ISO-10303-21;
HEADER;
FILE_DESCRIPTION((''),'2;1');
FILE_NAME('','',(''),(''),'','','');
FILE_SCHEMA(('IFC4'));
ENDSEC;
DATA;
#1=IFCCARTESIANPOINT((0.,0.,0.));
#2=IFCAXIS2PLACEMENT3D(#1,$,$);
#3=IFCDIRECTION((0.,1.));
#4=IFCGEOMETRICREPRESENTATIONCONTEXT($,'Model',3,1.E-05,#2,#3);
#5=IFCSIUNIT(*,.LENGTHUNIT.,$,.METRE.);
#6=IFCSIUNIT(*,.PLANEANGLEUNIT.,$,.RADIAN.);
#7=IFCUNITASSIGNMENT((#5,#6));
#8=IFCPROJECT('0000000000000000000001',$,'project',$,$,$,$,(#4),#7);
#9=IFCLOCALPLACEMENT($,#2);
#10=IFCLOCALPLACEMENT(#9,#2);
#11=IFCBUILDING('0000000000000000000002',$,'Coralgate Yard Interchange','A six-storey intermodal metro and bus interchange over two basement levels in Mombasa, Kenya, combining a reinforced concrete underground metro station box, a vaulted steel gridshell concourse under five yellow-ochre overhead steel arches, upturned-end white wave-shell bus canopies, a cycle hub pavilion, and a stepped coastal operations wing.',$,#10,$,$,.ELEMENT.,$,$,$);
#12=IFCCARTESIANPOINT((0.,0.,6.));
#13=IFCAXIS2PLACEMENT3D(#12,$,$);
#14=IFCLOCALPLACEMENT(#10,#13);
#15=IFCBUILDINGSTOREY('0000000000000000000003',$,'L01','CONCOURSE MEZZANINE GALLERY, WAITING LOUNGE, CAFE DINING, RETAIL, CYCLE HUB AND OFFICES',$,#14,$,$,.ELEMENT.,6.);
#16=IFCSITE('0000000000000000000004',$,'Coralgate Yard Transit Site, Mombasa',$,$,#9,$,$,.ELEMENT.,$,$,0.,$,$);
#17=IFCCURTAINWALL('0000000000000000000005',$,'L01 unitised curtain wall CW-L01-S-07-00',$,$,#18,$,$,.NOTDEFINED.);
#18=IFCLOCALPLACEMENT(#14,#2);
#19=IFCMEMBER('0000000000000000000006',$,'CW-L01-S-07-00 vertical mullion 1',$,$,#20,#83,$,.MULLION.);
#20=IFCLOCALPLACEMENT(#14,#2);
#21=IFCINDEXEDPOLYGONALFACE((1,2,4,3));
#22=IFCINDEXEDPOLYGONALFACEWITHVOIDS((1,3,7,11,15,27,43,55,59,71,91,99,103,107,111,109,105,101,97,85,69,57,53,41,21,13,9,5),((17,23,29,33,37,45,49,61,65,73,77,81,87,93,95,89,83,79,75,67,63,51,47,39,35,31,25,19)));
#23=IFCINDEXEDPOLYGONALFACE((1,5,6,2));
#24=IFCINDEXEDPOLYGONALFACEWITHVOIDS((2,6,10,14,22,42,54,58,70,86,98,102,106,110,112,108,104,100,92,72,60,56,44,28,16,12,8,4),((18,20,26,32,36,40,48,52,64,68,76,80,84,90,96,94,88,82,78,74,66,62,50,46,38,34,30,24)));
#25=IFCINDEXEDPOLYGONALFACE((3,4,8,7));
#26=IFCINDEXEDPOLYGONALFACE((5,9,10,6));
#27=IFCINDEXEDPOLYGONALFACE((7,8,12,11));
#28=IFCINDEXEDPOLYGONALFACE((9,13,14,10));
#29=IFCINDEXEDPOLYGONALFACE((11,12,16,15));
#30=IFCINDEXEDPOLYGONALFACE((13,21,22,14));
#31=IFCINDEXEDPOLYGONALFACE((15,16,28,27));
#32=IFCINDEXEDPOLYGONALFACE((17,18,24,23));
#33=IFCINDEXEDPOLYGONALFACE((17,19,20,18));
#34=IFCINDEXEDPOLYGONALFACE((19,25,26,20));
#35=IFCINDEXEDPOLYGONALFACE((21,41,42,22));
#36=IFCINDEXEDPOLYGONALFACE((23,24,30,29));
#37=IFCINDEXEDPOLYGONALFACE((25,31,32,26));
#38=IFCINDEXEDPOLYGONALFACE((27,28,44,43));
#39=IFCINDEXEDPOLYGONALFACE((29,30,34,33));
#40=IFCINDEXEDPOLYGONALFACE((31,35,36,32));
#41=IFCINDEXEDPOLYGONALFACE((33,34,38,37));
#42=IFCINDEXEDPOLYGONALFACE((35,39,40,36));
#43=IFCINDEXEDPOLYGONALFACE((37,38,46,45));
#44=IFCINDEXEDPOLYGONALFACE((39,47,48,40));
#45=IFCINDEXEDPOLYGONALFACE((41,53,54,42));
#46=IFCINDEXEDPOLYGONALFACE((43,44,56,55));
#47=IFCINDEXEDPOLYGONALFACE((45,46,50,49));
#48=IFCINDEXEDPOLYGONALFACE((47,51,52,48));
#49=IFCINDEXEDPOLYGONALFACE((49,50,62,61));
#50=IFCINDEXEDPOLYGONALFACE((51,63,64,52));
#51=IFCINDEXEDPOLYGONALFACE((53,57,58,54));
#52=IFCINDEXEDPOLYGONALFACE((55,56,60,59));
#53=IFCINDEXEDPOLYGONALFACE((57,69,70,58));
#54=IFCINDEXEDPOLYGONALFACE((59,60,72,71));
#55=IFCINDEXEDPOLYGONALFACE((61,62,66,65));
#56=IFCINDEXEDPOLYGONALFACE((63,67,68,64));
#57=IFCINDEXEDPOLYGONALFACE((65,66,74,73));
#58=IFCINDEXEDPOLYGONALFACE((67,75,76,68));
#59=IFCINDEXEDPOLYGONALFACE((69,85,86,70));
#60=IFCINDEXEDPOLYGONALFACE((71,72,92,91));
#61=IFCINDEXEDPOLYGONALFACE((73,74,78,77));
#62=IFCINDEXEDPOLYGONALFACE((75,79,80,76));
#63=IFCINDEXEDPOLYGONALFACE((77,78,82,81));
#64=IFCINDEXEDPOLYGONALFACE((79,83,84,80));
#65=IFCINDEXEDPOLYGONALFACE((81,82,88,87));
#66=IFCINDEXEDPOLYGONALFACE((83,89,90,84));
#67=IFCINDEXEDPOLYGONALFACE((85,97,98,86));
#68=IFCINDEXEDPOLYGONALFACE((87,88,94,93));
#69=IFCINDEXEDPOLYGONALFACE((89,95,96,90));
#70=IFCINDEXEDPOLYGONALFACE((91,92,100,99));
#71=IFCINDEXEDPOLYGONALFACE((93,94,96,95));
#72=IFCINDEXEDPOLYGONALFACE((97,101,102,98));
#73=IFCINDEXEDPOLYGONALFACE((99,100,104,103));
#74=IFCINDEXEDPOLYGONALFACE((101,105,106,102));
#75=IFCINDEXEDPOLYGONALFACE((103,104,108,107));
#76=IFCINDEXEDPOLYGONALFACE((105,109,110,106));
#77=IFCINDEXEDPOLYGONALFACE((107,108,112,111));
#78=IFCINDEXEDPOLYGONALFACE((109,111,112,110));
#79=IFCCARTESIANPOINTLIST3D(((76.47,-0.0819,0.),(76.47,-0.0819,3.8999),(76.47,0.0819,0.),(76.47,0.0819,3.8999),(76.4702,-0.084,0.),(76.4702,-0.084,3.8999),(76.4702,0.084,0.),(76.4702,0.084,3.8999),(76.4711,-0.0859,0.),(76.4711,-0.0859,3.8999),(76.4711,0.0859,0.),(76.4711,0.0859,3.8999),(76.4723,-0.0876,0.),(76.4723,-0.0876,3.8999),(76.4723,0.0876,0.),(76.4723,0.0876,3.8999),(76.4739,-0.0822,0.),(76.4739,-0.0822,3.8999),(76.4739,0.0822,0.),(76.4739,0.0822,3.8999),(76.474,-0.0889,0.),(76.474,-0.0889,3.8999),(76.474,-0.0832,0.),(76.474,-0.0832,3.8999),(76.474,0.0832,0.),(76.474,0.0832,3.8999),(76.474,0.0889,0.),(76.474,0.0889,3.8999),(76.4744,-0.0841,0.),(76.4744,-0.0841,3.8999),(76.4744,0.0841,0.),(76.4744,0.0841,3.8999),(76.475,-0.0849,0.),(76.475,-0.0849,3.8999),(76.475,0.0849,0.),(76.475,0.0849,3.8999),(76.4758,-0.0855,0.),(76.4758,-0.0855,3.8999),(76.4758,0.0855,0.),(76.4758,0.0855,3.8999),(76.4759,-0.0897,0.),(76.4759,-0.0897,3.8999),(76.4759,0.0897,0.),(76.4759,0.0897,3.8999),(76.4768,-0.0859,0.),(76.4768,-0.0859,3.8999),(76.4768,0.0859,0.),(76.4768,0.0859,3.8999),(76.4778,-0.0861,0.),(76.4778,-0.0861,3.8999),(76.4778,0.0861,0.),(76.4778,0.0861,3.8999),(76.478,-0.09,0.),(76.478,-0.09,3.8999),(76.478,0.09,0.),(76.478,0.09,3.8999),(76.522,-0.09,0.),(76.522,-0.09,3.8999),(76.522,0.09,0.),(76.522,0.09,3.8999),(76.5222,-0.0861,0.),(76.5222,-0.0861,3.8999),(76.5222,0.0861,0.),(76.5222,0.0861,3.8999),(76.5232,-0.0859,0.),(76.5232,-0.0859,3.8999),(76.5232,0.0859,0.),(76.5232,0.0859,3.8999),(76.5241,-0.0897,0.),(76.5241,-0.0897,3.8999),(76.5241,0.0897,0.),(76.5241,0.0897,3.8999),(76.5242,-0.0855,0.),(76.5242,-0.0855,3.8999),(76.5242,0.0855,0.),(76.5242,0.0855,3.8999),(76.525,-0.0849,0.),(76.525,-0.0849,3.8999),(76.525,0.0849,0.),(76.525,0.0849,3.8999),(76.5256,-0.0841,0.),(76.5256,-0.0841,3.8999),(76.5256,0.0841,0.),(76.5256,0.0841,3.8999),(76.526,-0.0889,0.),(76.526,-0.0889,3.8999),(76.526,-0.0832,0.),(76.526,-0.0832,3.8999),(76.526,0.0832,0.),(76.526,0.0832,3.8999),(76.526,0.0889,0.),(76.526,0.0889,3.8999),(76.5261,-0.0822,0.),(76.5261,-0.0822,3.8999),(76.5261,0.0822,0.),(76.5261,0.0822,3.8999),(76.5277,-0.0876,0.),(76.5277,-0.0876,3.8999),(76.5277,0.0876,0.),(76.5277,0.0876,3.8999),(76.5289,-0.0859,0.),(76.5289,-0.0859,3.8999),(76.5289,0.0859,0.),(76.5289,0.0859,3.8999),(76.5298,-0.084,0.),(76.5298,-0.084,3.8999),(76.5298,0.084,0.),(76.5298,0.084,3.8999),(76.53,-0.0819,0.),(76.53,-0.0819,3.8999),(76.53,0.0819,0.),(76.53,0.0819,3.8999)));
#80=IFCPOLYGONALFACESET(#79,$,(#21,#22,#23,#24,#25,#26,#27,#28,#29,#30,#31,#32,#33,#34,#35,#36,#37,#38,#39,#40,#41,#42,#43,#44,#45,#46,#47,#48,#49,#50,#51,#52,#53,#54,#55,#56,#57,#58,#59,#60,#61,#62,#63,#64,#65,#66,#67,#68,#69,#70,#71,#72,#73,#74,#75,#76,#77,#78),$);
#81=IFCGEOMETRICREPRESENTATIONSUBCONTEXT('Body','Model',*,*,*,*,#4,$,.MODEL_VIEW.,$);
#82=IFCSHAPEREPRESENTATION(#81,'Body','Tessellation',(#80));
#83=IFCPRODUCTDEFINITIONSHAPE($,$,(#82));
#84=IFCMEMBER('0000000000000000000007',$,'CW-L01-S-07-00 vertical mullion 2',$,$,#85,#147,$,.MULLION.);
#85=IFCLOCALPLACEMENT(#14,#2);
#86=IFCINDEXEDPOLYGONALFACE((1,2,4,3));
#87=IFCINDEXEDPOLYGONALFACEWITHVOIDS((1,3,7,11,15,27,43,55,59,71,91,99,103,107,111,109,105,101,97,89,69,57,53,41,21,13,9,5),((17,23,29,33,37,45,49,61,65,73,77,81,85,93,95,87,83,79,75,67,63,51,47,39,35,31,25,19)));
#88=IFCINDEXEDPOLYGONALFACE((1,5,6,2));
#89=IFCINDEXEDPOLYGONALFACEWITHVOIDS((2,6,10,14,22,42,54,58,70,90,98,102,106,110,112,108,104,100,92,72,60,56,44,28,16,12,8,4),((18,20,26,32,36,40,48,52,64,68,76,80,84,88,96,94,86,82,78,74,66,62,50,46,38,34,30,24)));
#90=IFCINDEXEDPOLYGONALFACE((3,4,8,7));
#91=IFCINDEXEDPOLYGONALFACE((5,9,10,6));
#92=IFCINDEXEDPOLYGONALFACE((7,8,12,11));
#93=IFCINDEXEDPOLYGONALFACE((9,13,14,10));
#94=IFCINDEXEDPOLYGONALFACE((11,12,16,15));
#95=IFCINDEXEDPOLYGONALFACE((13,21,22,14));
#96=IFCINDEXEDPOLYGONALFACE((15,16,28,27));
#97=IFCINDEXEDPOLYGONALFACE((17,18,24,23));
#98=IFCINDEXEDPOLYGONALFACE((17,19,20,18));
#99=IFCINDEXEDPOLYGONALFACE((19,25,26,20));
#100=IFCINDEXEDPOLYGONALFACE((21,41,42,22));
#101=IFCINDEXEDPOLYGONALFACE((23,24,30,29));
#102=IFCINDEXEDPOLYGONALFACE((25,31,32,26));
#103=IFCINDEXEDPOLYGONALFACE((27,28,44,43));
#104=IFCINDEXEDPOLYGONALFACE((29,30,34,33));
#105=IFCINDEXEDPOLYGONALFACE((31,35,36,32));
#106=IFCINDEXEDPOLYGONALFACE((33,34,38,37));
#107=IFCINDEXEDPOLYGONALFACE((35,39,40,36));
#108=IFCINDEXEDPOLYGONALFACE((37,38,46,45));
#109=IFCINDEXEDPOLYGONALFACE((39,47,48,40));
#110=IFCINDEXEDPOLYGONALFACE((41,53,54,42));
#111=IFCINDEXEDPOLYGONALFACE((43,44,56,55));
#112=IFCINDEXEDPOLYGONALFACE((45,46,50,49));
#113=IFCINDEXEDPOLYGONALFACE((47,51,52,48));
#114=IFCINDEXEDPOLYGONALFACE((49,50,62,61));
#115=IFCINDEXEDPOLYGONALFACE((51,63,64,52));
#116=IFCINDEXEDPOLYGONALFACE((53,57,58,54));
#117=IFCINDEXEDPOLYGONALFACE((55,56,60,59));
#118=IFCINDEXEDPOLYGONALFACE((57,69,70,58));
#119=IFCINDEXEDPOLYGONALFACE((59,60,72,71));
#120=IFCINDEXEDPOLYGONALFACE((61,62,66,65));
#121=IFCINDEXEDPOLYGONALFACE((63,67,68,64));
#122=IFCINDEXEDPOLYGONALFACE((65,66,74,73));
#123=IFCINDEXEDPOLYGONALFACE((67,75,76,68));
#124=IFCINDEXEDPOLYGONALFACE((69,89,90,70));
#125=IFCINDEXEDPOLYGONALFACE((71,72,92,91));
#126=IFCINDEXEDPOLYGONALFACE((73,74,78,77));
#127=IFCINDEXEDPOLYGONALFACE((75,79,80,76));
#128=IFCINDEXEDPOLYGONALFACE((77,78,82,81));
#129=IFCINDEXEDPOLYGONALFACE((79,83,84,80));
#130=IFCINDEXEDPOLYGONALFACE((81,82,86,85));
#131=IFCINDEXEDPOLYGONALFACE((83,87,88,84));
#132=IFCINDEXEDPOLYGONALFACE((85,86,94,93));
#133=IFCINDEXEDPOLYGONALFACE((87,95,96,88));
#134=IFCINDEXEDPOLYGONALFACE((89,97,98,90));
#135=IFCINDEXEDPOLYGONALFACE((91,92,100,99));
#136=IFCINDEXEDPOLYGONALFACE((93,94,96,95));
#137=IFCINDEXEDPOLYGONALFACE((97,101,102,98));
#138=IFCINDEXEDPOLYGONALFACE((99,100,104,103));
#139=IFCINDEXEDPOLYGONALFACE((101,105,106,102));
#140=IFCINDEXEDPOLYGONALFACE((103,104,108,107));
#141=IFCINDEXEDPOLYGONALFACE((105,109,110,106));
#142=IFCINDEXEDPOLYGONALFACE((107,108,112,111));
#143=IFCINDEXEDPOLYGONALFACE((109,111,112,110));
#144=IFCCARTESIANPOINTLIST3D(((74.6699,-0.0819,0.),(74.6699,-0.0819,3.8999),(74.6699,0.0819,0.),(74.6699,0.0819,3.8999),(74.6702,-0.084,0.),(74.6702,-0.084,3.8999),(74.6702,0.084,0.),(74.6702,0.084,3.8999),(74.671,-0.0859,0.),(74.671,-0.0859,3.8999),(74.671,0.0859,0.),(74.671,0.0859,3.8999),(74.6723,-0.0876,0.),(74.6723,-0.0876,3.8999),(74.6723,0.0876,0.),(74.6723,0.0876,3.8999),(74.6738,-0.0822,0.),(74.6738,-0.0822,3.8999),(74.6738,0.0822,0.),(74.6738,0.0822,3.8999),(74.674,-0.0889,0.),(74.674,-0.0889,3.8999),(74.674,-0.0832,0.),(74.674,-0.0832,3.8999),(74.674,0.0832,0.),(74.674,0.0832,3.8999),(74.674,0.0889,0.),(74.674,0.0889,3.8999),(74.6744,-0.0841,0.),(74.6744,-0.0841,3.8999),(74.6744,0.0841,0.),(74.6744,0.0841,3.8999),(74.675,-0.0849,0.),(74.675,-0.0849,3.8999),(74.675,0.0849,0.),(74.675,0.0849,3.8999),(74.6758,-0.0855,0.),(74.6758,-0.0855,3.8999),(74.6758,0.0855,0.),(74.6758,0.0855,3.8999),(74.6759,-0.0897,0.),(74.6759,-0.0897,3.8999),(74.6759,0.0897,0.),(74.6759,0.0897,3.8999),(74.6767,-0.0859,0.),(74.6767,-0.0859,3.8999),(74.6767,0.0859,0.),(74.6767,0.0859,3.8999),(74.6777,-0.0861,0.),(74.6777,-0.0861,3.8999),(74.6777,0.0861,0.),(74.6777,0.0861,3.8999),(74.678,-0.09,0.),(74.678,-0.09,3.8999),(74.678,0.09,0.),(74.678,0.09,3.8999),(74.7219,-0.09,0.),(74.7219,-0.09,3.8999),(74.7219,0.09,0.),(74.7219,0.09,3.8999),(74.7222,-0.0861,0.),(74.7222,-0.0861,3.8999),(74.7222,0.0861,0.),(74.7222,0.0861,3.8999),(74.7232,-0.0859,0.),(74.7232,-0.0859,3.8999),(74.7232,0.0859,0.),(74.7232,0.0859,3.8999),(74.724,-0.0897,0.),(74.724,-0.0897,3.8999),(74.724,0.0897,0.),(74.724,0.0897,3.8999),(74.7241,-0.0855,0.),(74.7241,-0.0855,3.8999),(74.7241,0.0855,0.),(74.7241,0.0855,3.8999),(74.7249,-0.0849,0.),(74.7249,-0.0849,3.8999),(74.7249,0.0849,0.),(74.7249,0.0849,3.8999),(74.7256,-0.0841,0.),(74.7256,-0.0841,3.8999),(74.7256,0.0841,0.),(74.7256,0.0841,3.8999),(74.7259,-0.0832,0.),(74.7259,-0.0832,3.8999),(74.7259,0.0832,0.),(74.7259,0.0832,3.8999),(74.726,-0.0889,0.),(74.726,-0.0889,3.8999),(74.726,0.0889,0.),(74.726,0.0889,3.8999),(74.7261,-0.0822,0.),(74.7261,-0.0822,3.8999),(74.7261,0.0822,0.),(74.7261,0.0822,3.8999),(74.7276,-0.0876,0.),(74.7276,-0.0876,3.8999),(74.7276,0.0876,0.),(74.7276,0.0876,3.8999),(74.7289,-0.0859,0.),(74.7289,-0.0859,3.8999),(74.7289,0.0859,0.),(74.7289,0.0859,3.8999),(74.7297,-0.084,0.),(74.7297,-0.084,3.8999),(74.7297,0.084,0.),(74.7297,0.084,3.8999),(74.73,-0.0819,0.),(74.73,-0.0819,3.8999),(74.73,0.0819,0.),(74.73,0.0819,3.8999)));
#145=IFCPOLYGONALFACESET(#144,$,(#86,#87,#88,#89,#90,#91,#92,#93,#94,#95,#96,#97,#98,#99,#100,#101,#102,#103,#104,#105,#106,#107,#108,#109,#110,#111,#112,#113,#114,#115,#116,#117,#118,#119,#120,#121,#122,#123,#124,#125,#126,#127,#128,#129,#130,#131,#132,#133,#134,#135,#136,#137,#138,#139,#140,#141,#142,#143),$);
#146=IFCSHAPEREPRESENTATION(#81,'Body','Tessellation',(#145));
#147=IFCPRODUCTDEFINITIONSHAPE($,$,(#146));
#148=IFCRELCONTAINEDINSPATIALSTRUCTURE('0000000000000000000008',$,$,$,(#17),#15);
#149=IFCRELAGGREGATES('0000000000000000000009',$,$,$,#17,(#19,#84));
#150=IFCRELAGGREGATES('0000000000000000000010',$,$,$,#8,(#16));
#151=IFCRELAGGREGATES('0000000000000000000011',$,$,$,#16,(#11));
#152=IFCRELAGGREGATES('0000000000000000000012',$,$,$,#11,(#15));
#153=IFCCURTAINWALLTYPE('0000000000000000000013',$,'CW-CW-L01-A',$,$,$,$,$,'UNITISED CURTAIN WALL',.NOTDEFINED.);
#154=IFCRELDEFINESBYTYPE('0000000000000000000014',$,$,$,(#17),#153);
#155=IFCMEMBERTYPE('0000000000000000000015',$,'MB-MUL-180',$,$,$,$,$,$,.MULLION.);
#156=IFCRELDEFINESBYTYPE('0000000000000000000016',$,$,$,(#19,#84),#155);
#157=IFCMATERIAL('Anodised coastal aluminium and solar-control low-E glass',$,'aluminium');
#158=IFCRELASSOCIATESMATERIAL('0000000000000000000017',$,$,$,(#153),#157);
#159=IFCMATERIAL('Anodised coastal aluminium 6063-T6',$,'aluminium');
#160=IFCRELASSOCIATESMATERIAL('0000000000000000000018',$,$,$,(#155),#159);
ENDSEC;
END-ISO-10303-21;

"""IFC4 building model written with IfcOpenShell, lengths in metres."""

from ifc_helpers import new_model, si_unit, direction, frame, origin, origin_2d, place, context, subcontext, project, spatial, hollow_rectangle, extrude, material, material_profile, profile_set, type_object, element, aggregate, save


model = new_model("IFC4")

# Units and contexts
model_context = context("Model", 3, precision=1e-05, world=origin(), true_north=direction((0.0, 1.0)))
body_context = subcontext(model_context, "Body", "Model", "MODEL_VIEW")
ifc_project = project(units=[si_unit("LENGTHUNIT", "METRE"), si_unit("PLANEANGLEUNIT", "RADIAN")], contexts=[model_context])

# Site, building, storey
site_placement = place(None, origin())
site = spatial("IfcSite", under=ifc_project, at=site_placement, Name="Coralgate Yard Transit Site, Mombasa", CompositionType="ELEMENT", RefElevation=0.0)
building_placement = place(site_placement, origin())
building = spatial("IfcBuilding", under=site, at=building_placement, Name="Coralgate Yard Interchange", Description="A six-storey intermodal metro and bus interchange over two basement levels in Mombasa, Kenya, combining a reinforced concrete underground metro station box, a vaulted steel gridshell concourse under five yellow-ochre overhead steel arches, upturned-end white wave-shell bus canopies, a cycle hub pavilion, and a stepped coastal operations wing.", CompositionType="ELEMENT")
storey_placement = place(building_placement, frame((0.0, 0.0, 6.0)))
storey = spatial("IfcBuildingStorey", under=building, at=storey_placement, Name="L01", Description="CONCOURSE MEZZANINE GALLERY, WAITING LOUNGE, CAFE DINING, RETAIL, CYCLE HUB AND OFFICES", CompositionType="ELEMENT", Elevation=6.0)

# Curtain wall, members
ifc_material_1 = material(Name="Anodised coastal aluminium and solar-control low-E glass", Category="aluminium")
curtain_wall_type = type_object("IfcCurtainWallType", Name="CW-CW-L01-A", ElementType="UNITISED CURTAIN WALL", PredefinedType="NOTDEFINED", material=ifc_material_1)
curtain_wall_placement = place(storey_placement, origin())
curtain_wall = element("IfcCurtainWall", 1, at=curtain_wall_placement, inside=storey, type_object=curtain_wall_type, Name="L01 unitised curtain wall CW-L01-S-07-00", PredefinedType="NOTDEFINED")
ifc_material_2 = material(Name="Anodised coastal aluminium 6063-T6", Category="aluminium")
ifc_material_profile_1 = material_profile(ifc_material_2, hollow_rectangle(XDim=0.0601, YDim=0.1799, WallThickness=0.0039, InnerFilletRadius=0.0039, OuterFilletRadius=0.0081, at=origin_2d()), Name="ALU 60x180x4")
ifc_profile_set_1 = profile_set([ifc_material_profile_1], Name="Anodised coastal aluminium 6063-T6")
member_type_1 = type_object("IfcMemberType", Name="MB-MUL-180", PredefinedType="MULLION", material=ifc_profile_set_1)
member_1_placement = place(storey_placement, frame((76.5, 0.0, 0.0), z_axis=(0.0, 0.0, 1.0), x_axis=(1.0, 0.0, 0.0)))
member_1 = element("IfcMember", 2, at=member_1_placement, type_object=member_type_1, Name="CW-L01-S-07-00 vertical mullion 1", PredefinedType="MULLION", context=body_context, shape_type="SweptSolid", body=[
    extrude(hollow_rectangle(XDim=0.0601, YDim=0.1799, WallThickness=0.0039, InnerFilletRadius=0.0039, OuterFilletRadius=0.0081, at=origin_2d()), origin(), (0.0, 0.0, 1.0), 3.8999),
])
member_2_placement = place(storey_placement, frame((74.7, 0.0, 0.0), z_axis=(0.0, 0.0, 1.0), x_axis=(1.0, 0.0, 0.0)))
member_2 = element("IfcMember", 3, at=member_2_placement, type_object=member_type_1, Name="CW-L01-S-07-00 vertical mullion 2", PredefinedType="MULLION", context=body_context, shape_type="SweptSolid", body=[
    extrude(hollow_rectangle(XDim=0.0601, YDim=0.1799, WallThickness=0.0039, InnerFilletRadius=0.0039, OuterFilletRadius=0.0081, at=origin_2d()), origin(), (0.0, 0.0, 1.0), 3.8999),
])
aggregate(curtain_wall, [member_1, member_2])

save(model, "model.ifc")
